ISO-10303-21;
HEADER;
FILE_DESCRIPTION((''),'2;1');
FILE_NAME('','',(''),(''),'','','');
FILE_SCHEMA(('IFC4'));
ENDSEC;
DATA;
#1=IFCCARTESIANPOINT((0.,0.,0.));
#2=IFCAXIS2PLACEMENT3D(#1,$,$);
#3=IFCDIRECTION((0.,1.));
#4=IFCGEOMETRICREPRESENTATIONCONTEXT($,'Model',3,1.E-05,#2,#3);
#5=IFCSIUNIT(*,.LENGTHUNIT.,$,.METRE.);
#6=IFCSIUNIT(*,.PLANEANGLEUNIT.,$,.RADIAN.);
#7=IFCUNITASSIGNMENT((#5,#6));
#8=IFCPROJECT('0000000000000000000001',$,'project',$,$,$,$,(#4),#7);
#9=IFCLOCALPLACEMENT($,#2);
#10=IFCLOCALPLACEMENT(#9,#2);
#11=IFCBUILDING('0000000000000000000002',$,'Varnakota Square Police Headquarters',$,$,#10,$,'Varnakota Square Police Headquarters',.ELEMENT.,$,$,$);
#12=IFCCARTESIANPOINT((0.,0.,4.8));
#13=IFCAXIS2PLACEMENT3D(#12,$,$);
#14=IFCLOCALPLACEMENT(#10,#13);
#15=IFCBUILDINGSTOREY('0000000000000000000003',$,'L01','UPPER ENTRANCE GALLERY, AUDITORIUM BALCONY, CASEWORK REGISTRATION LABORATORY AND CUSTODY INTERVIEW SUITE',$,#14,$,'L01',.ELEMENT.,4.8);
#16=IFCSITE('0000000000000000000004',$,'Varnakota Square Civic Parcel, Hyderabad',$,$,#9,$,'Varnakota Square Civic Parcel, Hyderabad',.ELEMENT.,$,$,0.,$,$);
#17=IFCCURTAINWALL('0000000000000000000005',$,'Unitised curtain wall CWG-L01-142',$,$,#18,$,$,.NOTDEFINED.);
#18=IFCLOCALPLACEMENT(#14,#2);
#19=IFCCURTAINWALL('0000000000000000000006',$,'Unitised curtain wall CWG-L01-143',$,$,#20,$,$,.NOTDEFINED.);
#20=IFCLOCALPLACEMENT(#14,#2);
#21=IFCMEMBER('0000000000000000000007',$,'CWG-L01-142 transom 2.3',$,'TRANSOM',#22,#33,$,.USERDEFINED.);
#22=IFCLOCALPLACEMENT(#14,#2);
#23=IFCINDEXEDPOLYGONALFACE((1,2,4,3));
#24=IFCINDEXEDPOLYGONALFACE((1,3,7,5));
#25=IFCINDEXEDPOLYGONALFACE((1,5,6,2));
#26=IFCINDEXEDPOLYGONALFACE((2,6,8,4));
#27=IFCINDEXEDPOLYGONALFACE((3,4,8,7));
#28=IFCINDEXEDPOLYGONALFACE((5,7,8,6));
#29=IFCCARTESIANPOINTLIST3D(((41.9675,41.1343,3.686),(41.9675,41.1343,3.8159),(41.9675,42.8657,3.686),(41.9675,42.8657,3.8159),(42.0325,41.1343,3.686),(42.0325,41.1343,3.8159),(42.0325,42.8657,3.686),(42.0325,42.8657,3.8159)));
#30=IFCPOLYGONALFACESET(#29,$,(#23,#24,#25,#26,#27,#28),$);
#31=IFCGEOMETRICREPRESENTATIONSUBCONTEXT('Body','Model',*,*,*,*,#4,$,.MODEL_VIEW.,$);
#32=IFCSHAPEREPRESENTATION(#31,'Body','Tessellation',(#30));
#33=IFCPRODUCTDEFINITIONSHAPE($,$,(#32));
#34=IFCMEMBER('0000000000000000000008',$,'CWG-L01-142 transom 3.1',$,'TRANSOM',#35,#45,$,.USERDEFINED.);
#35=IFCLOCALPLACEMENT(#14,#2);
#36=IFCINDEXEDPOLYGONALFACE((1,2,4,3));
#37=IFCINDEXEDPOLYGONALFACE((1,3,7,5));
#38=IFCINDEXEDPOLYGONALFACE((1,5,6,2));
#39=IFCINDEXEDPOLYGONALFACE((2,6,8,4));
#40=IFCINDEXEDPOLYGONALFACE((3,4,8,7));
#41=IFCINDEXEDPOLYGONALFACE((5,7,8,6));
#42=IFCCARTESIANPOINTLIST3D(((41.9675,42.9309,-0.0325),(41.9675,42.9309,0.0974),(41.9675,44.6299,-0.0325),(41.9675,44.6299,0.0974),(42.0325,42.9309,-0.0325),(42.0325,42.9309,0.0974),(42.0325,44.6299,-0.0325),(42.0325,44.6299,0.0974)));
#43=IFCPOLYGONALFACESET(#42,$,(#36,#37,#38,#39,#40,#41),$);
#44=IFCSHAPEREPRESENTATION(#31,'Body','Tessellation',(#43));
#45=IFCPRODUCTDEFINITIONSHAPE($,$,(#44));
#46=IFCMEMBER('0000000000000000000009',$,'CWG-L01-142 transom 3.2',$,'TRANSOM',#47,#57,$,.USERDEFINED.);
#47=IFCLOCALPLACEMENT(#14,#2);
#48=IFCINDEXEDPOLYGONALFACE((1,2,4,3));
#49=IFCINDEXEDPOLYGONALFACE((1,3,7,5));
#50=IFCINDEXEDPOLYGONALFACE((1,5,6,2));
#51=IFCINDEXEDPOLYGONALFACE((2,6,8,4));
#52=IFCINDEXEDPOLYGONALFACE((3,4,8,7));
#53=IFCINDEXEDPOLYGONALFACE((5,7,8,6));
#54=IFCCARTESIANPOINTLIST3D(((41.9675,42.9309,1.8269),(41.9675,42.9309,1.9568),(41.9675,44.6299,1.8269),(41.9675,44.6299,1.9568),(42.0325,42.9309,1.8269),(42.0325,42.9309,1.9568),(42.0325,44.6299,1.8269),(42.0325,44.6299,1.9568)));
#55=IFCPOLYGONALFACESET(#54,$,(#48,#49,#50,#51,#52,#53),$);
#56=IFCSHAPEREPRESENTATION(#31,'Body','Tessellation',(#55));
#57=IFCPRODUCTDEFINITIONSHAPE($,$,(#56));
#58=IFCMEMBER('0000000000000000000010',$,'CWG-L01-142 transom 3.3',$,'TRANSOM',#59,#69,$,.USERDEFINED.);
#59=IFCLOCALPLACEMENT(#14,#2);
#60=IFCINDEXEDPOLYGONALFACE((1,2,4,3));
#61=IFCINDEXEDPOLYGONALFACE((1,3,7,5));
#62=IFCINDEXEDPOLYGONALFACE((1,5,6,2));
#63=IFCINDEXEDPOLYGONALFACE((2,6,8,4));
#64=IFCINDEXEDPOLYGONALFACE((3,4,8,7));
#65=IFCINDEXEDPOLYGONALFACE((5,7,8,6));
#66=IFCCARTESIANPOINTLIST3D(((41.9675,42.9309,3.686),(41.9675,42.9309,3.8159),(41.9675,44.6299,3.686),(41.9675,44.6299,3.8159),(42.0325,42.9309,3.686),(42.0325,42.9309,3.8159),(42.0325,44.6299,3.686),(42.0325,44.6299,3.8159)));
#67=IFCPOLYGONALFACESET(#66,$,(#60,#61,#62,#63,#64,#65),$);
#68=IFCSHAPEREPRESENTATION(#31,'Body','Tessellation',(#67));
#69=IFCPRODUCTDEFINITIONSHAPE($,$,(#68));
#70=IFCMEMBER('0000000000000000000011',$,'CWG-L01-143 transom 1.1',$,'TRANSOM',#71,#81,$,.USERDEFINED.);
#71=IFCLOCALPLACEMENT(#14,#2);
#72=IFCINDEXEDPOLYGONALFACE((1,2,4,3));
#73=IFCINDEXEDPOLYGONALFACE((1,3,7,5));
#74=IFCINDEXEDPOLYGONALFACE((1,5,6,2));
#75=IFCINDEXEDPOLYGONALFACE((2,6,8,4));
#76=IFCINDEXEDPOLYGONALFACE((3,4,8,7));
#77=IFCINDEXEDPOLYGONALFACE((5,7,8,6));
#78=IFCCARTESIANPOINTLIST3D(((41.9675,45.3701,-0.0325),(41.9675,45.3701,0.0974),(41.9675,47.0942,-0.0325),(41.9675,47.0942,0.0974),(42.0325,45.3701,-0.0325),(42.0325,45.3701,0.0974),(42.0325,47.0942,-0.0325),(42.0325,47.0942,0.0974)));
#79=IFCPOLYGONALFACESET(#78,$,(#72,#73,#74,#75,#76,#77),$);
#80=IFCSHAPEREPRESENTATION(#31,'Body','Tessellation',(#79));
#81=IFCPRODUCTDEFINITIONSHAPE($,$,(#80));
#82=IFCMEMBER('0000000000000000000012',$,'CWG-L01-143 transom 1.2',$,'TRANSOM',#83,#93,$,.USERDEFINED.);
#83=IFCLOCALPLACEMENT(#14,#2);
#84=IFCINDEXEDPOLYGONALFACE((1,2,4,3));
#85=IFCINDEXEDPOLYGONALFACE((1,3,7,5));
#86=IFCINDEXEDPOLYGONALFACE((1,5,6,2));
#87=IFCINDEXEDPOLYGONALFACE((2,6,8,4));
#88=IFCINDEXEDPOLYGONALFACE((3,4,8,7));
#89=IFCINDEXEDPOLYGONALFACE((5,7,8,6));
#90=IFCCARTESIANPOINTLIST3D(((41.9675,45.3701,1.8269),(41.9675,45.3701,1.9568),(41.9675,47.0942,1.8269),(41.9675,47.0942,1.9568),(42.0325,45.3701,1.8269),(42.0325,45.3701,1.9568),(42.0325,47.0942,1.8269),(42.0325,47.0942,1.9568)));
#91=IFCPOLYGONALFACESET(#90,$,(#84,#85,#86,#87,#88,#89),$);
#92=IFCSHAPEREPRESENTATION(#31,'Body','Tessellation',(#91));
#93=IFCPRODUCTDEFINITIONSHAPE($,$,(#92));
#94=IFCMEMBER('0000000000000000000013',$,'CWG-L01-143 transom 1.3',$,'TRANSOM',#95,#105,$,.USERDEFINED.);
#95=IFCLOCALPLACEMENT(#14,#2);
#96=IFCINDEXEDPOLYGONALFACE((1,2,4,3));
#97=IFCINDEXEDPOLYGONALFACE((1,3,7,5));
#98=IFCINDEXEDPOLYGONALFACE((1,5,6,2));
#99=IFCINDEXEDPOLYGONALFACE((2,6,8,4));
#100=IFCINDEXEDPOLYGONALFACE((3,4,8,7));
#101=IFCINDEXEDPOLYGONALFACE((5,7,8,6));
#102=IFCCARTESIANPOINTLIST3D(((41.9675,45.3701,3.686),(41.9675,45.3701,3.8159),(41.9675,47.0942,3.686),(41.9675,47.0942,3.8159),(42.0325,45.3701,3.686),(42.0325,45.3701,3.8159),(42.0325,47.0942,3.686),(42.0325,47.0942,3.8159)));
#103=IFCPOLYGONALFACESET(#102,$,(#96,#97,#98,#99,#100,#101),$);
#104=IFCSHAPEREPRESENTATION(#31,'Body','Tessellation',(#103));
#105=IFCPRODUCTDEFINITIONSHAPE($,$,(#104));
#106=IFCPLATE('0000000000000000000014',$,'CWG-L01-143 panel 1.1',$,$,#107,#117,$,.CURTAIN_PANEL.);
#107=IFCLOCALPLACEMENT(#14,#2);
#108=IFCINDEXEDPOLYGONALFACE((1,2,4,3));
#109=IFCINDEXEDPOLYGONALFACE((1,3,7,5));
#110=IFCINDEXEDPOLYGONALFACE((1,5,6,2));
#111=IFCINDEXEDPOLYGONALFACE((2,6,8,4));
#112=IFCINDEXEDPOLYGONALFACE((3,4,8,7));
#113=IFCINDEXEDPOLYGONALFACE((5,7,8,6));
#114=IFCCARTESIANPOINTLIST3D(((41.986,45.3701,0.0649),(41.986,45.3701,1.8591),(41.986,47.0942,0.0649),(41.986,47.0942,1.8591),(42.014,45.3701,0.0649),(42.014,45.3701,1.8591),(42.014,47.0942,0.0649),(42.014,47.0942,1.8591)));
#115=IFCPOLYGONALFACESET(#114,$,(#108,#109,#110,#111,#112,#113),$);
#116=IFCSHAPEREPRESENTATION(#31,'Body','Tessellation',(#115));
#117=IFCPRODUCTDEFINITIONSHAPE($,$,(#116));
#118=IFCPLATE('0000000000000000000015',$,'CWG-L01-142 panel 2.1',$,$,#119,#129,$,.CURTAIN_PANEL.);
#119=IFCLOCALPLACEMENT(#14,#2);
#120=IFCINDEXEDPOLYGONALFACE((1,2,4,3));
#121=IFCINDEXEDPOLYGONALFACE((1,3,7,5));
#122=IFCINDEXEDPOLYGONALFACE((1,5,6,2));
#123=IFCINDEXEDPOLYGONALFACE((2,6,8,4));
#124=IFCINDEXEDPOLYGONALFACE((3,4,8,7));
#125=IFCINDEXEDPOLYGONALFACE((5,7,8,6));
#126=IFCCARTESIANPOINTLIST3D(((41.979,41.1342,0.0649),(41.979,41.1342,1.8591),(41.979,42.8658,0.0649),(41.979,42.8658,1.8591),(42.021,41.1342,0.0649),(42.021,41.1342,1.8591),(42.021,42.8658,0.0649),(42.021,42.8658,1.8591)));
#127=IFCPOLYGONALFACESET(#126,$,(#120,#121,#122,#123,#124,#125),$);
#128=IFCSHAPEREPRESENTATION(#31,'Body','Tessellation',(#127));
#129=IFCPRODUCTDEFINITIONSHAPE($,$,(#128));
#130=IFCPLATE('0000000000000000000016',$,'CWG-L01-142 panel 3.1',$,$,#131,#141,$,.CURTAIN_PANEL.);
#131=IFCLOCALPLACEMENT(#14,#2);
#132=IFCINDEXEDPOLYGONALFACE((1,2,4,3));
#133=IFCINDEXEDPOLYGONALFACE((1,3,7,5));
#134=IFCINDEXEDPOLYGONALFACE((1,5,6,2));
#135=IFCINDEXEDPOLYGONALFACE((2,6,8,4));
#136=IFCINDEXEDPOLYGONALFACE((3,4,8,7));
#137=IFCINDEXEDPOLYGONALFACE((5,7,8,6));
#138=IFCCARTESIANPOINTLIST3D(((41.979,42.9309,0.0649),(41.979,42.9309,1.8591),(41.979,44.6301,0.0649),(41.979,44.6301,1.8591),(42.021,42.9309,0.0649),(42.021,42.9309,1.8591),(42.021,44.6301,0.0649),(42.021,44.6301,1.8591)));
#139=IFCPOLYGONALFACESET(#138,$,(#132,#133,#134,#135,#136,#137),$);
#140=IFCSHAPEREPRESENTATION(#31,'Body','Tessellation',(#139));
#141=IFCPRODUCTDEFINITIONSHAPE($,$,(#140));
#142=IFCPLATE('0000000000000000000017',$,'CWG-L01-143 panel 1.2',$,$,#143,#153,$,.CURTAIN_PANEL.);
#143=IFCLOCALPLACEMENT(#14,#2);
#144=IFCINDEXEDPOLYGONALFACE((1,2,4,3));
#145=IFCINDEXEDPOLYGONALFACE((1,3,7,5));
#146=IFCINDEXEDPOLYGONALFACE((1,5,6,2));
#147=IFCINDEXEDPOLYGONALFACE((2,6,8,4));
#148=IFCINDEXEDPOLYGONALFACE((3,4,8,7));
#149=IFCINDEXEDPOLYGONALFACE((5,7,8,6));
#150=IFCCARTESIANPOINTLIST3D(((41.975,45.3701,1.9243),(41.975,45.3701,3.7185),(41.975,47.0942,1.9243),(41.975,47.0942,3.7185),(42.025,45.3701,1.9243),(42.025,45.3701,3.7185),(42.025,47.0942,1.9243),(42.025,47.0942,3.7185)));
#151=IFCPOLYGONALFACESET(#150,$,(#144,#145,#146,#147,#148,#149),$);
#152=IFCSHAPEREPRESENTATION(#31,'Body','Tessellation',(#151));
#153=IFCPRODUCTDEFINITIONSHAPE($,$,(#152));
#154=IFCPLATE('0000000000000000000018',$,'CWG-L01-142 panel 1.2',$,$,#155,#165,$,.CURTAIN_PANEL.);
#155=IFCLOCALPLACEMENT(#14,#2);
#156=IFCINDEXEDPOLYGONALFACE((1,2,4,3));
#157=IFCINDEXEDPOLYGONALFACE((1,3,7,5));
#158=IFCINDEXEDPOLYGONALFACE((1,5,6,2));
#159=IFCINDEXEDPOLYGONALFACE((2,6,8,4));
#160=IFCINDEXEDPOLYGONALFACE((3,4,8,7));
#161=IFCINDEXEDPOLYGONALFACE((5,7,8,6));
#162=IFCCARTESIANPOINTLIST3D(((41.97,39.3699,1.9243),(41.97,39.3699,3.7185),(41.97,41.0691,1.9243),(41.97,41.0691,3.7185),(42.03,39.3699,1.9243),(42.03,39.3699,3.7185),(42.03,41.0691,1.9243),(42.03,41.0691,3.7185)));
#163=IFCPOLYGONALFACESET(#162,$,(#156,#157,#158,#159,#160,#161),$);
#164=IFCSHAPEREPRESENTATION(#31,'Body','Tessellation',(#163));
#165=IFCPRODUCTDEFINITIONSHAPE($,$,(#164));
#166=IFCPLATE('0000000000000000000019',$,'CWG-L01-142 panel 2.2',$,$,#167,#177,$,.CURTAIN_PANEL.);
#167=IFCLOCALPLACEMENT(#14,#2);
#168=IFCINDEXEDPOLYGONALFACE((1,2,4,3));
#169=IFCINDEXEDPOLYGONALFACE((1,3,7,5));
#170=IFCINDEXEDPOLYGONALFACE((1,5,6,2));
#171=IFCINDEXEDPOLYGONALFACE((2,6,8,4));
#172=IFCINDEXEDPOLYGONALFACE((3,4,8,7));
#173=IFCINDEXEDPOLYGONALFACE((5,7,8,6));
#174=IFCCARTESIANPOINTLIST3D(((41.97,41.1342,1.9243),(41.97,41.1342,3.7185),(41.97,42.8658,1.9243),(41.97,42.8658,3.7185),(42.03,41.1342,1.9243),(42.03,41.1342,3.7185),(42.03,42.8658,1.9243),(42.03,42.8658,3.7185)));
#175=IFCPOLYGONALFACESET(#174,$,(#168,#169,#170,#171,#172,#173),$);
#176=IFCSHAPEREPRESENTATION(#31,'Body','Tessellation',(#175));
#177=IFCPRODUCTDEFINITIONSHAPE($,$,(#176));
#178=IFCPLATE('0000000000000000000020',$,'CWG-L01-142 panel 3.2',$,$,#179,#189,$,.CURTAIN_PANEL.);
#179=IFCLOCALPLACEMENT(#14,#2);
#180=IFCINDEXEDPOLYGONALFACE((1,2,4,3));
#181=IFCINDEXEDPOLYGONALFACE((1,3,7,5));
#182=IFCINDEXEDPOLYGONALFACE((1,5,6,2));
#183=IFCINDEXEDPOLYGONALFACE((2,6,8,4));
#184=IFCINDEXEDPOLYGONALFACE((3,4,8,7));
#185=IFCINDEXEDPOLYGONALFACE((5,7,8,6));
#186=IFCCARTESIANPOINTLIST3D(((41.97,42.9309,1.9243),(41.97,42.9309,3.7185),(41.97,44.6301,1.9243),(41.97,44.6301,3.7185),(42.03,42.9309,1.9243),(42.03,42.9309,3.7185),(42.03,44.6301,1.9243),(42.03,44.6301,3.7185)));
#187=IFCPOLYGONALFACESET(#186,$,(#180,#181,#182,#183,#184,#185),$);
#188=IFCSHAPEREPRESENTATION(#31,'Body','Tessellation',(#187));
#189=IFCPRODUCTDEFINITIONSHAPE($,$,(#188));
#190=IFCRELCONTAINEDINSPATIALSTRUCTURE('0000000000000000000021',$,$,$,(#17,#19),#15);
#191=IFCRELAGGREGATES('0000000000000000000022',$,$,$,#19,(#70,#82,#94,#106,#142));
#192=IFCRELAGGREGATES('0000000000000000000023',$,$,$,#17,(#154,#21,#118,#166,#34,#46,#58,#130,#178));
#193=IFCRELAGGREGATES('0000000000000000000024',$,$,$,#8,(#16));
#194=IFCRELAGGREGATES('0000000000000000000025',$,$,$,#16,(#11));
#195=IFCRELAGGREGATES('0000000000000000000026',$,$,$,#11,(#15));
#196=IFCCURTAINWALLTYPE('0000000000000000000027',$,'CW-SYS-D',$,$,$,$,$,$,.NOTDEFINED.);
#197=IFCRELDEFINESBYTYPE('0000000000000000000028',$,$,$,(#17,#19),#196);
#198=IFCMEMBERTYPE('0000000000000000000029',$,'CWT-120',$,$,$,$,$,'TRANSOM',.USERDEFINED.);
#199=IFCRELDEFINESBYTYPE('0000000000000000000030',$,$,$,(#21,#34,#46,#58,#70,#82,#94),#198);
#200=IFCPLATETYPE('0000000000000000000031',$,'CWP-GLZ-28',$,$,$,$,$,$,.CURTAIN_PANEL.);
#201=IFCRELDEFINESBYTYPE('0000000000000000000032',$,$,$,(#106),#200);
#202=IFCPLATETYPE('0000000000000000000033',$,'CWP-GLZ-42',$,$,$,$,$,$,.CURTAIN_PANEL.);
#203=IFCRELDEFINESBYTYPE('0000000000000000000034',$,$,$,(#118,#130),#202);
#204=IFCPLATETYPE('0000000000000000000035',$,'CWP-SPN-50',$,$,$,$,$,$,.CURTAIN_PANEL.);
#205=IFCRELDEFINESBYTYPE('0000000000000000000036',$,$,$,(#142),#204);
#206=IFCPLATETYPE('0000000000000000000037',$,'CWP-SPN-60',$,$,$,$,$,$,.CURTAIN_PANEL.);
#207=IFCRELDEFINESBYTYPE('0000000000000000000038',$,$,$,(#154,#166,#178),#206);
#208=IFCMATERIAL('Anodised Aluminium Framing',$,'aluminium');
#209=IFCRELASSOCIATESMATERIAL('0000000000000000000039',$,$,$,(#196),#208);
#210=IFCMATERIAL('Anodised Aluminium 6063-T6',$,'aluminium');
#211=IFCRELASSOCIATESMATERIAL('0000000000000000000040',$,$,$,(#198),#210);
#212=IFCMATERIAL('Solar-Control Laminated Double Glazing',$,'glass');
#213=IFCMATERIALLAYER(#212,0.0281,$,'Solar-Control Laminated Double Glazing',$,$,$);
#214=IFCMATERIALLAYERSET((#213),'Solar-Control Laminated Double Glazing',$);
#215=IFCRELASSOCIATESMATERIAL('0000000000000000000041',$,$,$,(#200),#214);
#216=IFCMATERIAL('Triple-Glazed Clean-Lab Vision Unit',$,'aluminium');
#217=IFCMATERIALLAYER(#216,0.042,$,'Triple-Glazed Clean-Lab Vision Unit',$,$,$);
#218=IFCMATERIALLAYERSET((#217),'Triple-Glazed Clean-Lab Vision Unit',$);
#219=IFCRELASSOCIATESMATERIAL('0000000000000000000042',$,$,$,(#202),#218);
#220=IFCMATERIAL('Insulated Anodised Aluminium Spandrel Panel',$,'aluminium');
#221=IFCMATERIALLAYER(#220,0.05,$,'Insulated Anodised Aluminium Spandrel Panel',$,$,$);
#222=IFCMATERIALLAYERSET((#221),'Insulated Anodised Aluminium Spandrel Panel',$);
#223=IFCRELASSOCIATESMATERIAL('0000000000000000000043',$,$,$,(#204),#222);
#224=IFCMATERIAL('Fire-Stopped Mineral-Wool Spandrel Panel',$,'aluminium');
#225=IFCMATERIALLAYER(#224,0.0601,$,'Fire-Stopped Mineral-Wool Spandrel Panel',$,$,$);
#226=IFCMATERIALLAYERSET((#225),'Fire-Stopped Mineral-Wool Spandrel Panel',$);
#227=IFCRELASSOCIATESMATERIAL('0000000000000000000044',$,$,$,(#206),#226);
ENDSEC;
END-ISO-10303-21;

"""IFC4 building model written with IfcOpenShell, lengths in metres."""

from ifc_helpers import new_model, si_unit, direction, frame, origin, origin_2d, place, context, subcontext, project, spatial, rectangle, extrude, material, layer, layer_set, material_profile, profile_set, type_object, element, aggregate, save


model = new_model("IFC4")

# Units and contexts
model_context = context("Model", 3, precision=1e-05, world=origin(), true_north=direction((0.0, 1.0)))
body_context = subcontext(model_context, "Body", "Model", "MODEL_VIEW")
ifc_project = project(units=[si_unit("LENGTHUNIT", "METRE"), si_unit("PLANEANGLEUNIT", "RADIAN")], contexts=[model_context])

# Site, building, storey
site_placement = place(None, origin())
site = spatial("IfcSite", under=ifc_project, at=site_placement, Name="Varnakota Square Civic Parcel, Hyderabad", LongName="Varnakota Square Civic Parcel, Hyderabad", CompositionType="ELEMENT", RefElevation=0.0)
building_placement = place(site_placement, origin())
building = spatial("IfcBuilding", under=site, at=building_placement, Name="Varnakota Square Police Headquarters", LongName="Varnakota Square Police Headquarters", CompositionType="ELEMENT")
storey_placement = place(building_placement, frame((0.0, 0.0, 4.8)))
storey = spatial("IfcBuildingStorey", under=building, at=storey_placement, Name="L01", Description="UPPER ENTRANCE GALLERY, AUDITORIUM BALCONY, CASEWORK REGISTRATION LABORATORY AND CUSTODY INTERVIEW SUITE", LongName="L01", CompositionType="ELEMENT", Elevation=4.8)

# Curtain wall
ifc_material_1 = material(Name="Anodised Aluminium Framing", Category="aluminium")
curtain_wall_type = type_object("IfcCurtainWallType", Name="CW-SYS-D", PredefinedType="NOTDEFINED", material=ifc_material_1)
curtain_wall_1_placement = place(storey_placement, origin())
curtain_wall_1 = element("IfcCurtainWall", 1, at=curtain_wall_1_placement, inside=storey, type_object=curtain_wall_type, Name="Unitised curtain wall CWG-L01-142", PredefinedType="NOTDEFINED")
ifc_material_2 = material(Name="Anodised Aluminium 6063-T6", Category="aluminium")

# Curtain wall
curtain_wall_2_placement = place(storey_placement, origin())
curtain_wall_2 = element("IfcCurtainWall", 2, at=curtain_wall_2_placement, inside=storey, type_object=curtain_wall_type, Name="Unitised curtain wall CWG-L01-143", PredefinedType="NOTDEFINED")

# Members
ifc_material_profile_1 = material_profile(ifc_material_2, rectangle(XDim=0.0649, YDim=0.1299, at=origin_2d()), Name="ALU TRANSOM 65x130")
ifc_profile_set_1 = profile_set([ifc_material_profile_1], Name="Anodised Aluminium 6063-T6")
member_type_1 = type_object("IfcMemberType", Name="CWT-120", ElementType="TRANSOM", PredefinedType="USERDEFINED", material=ifc_profile_set_1)
member_1_placement = place(storey_placement, frame((42.0, 41.1343, 3.751), z_axis=(0.0, 1.0, 0.0), x_axis=(-1.0, 0.0, 0.0)))
member_1 = element("IfcMember", 3, at=member_1_placement, type_object=member_type_1, Name="CWG-L01-142 transom 2.3", ObjectType="TRANSOM", PredefinedType="USERDEFINED", context=body_context, shape_type="SweptSolid", body=[
    extrude(rectangle(XDim=0.0649, YDim=0.1299, at=origin_2d()), origin(), (0.0, 0.0, 1.0), 1.7314),
])
member_2_placement = place(storey_placement, frame((42.0, 42.9309, 0.0325), z_axis=(0.0, 1.0, 0.0), x_axis=(-1.0, 0.0, 0.0)))
member_2 = element("IfcMember", 4, at=member_2_placement, type_object=member_type_1, Name="CWG-L01-142 transom 3.1", ObjectType="TRANSOM", PredefinedType="USERDEFINED", context=body_context, shape_type="SweptSolid", body=[
    extrude(rectangle(XDim=0.0649, YDim=0.1299, at=origin_2d()), origin(), (0.0, 0.0, 1.0), 1.699),
])
member_3_placement = place(storey_placement, frame((42.0, 42.9309, 1.8918), z_axis=(0.0, 1.0, 0.0), x_axis=(-1.0, 0.0, 0.0)))
member_3 = element("IfcMember", 5, at=member_3_placement, type_object=member_type_1, Name="CWG-L01-142 transom 3.2", ObjectType="TRANSOM", PredefinedType="USERDEFINED", context=body_context, shape_type="SweptSolid", body=[
    extrude(rectangle(XDim=0.0649, YDim=0.1299, at=origin_2d()), origin(), (0.0, 0.0, 1.0), 1.699),
])
member_4_placement = place(storey_placement, frame((42.0, 42.9309, 3.751), z_axis=(0.0, 1.0, 0.0), x_axis=(-1.0, 0.0, 0.0)))
member_4 = element("IfcMember", 6, at=member_4_placement, type_object=member_type_1, Name="CWG-L01-142 transom 3.3", ObjectType="TRANSOM", PredefinedType="USERDEFINED", context=body_context, shape_type="SweptSolid", body=[
    extrude(rectangle(XDim=0.0649, YDim=0.1299, at=origin_2d()), origin(), (0.0, 0.0, 1.0), 1.699),
])
member_5_placement = place(storey_placement, frame((42.0, 45.3701, 0.0325), z_axis=(0.0, 1.0, 0.0), x_axis=(-1.0, 0.0, 0.0)))
member_5 = element("IfcMember", 7, at=member_5_placement, type_object=member_type_1, Name="CWG-L01-143 transom 1.1", ObjectType="TRANSOM", PredefinedType="USERDEFINED", context=body_context, shape_type="SweptSolid", body=[
    extrude(rectangle(XDim=0.0649, YDim=0.1299, at=origin_2d()), origin(), (0.0, 0.0, 1.0), 1.7241),
])
member_6_placement = place(storey_placement, frame((42.0, 45.3701, 1.8918), z_axis=(0.0, 1.0, 0.0), x_axis=(-1.0, 0.0, 0.0)))
member_6 = element("IfcMember", 8, at=member_6_placement, type_object=member_type_1, Name="CWG-L01-143 transom 1.2", ObjectType="TRANSOM", PredefinedType="USERDEFINED", context=body_context, shape_type="SweptSolid", body=[
    extrude(rectangle(XDim=0.0649, YDim=0.1299, at=origin_2d()), origin(), (0.0, 0.0, 1.0), 1.7241),
])
member_7_placement = place(storey_placement, frame((42.0, 45.3701, 3.751), z_axis=(0.0, 1.0, 0.0), x_axis=(-1.0, 0.0, 0.0)))
member_7 = element("IfcMember", 9, at=member_7_placement, type_object=member_type_1, Name="CWG-L01-143 transom 1.3", ObjectType="TRANSOM", PredefinedType="USERDEFINED", context=body_context, shape_type="SweptSolid", body=[
    extrude(rectangle(XDim=0.0649, YDim=0.1299, at=origin_2d()), origin(), (0.0, 0.0, 1.0), 1.7241),
])

# Plates
ifc_material_3 = material(Name="Solar-Control Laminated Double Glazing", Category="glass")
ifc_layer_1 = layer(ifc_material_3, 0.0281, Name="Solar-Control Laminated Double Glazing")
ifc_layer_set_1 = layer_set([ifc_layer_1], Name="Solar-Control Laminated Double Glazing")
plate_type_1 = type_object("IfcPlateType", Name="CWP-GLZ-28", PredefinedType="CURTAIN_PANEL", material=ifc_layer_set_1)
plate_1_placement = place(storey_placement, frame((42.0, 46.2322, 0.0649), z_axis=(0.0, 0.0, 1.0), x_axis=(0.0, 1.0, 0.0)))
plate_1 = element("IfcPlate", 10, at=plate_1_placement, type_object=plate_type_1, Name="CWG-L01-143 panel 1.1", PredefinedType="CURTAIN_PANEL", context=body_context, shape_type="SweptSolid", body=[
    extrude(rectangle(XDim=1.7241, YDim=0.0281, at=origin_2d()), origin(), (0.0, 0.0, 1.0), 1.7942),
])
ifc_material_4 = material(Name="Triple-Glazed Clean-Lab Vision Unit", Category="aluminium")
ifc_layer_2 = layer(ifc_material_4, 0.042, Name="Triple-Glazed Clean-Lab Vision Unit")
ifc_layer_set_2 = layer_set([ifc_layer_2], Name="Triple-Glazed Clean-Lab Vision Unit")
plate_type_2 = type_object("IfcPlateType", Name="CWP-GLZ-42", PredefinedType="CURTAIN_PANEL", material=ifc_layer_set_2)
plate_2_placement = place(storey_placement, frame((42.0, 42.0, 0.0649), z_axis=(0.0, 0.0, 1.0), x_axis=(0.0, 1.0, 0.0)))
plate_2 = element("IfcPlate", 11, at=plate_2_placement, type_object=plate_type_2, Name="CWG-L01-142 panel 2.1", PredefinedType="CURTAIN_PANEL", context=body_context, shape_type="SweptSolid", body=[
    extrude(rectangle(XDim=1.7317, YDim=0.042, at=origin_2d()), origin(), (0.0, 0.0, 1.0), 1.7942),
])
plate_3_placement = place(storey_placement, frame((42.0, 43.7805, 0.0649), z_axis=(0.0, 0.0, 1.0), x_axis=(0.0, 1.0, 0.0)))
plate_3 = element("IfcPlate", 12, at=plate_3_placement, type_object=plate_type_2, Name="CWG-L01-142 panel 3.1", PredefinedType="CURTAIN_PANEL", context=body_context, shape_type="SweptSolid", body=[
    extrude(rectangle(XDim=1.6992, YDim=0.042, at=origin_2d()), origin(), (0.0, 0.0, 1.0), 1.7942),
])
ifc_material_5 = material(Name="Insulated Anodised Aluminium Spandrel Panel", Category="aluminium")
ifc_layer_3 = layer(ifc_material_5, 0.05, Name="Insulated Anodised Aluminium Spandrel Panel")
ifc_layer_set_3 = layer_set([ifc_layer_3], Name="Insulated Anodised Aluminium Spandrel Panel")
plate_type_3 = type_object("IfcPlateType", Name="CWP-SPN-50", PredefinedType="CURTAIN_PANEL", material=ifc_layer_set_3)
plate_4_placement = place(storey_placement, frame((42.0, 46.2322, 1.9243), z_axis=(0.0, 0.0, 1.0), x_axis=(0.0, 1.0, 0.0)))
plate_4 = element("IfcPlate", 13, at=plate_4_placement, type_object=plate_type_3, Name="CWG-L01-143 panel 1.2", PredefinedType="CURTAIN_PANEL", context=body_context, shape_type="SweptSolid", body=[
    extrude(rectangle(XDim=1.7241, YDim=0.05, at=origin_2d()), origin(), (0.0, 0.0, 1.0), 1.7942),
])
aggregate(curtain_wall_2, [member_5, member_6, member_7, plate_1, plate_4])
ifc_material_6 = material(Name="Fire-Stopped Mineral-Wool Spandrel Panel", Category="aluminium")
ifc_layer_4 = layer(ifc_material_6, 0.0601, Name="Fire-Stopped Mineral-Wool Spandrel Panel")
ifc_layer_set_4 = layer_set([ifc_layer_4], Name="Fire-Stopped Mineral-Wool Spandrel Panel")
plate_type_4 = type_object("IfcPlateType", Name="CWP-SPN-60", PredefinedType="CURTAIN_PANEL", material=ifc_layer_set_4)
plate_5_placement = place(storey_placement, frame((42.0, 40.2195, 1.9243), z_axis=(0.0, 0.0, 1.0), x_axis=(0.0, 1.0, 0.0)))
plate_5 = element("IfcPlate", 14, at=plate_5_placement, type_object=plate_type_4, Name="CWG-L01-142 panel 1.2", PredefinedType="CURTAIN_PANEL", context=body_context, shape_type="SweptSolid", body=[
    extrude(rectangle(XDim=1.6992, YDim=0.0601, at=origin_2d()), origin(), (0.0, 0.0, 1.0), 1.7942),
])
plate_6_placement = place(storey_placement, frame((42.0, 42.0, 1.9243), z_axis=(0.0, 0.0, 1.0), x_axis=(0.0, 1.0, 0.0)))
plate_6 = element("IfcPlate", 15, at=plate_6_placement, type_object=plate_type_4, Name="CWG-L01-142 panel 2.2", PredefinedType="CURTAIN_PANEL", context=body_context, shape_type="SweptSolid", body=[
    extrude(rectangle(XDim=1.7317, YDim=0.0601, at=origin_2d()), origin(), (0.0, 0.0, 1.0), 1.7942),
])
plate_7_placement = place(storey_placement, frame((42.0, 43.7805, 1.9243), z_axis=(0.0, 0.0, 1.0), x_axis=(0.0, 1.0, 0.0)))
plate_7 = element("IfcPlate", 16, at=plate_7_placement, type_object=plate_type_4, Name="CWG-L01-142 panel 3.2", PredefinedType="CURTAIN_PANEL", context=body_context, shape_type="SweptSolid", body=[
    extrude(rectangle(XDim=1.6992, YDim=0.0601, at=origin_2d()), origin(), (0.0, 0.0, 1.0), 1.7942),
])
aggregate(curtain_wall_1, [plate_5, member_1, plate_2, plate_6, member_2, member_3, member_4, plate_3, plate_7])

save(model, "model.ifc")
